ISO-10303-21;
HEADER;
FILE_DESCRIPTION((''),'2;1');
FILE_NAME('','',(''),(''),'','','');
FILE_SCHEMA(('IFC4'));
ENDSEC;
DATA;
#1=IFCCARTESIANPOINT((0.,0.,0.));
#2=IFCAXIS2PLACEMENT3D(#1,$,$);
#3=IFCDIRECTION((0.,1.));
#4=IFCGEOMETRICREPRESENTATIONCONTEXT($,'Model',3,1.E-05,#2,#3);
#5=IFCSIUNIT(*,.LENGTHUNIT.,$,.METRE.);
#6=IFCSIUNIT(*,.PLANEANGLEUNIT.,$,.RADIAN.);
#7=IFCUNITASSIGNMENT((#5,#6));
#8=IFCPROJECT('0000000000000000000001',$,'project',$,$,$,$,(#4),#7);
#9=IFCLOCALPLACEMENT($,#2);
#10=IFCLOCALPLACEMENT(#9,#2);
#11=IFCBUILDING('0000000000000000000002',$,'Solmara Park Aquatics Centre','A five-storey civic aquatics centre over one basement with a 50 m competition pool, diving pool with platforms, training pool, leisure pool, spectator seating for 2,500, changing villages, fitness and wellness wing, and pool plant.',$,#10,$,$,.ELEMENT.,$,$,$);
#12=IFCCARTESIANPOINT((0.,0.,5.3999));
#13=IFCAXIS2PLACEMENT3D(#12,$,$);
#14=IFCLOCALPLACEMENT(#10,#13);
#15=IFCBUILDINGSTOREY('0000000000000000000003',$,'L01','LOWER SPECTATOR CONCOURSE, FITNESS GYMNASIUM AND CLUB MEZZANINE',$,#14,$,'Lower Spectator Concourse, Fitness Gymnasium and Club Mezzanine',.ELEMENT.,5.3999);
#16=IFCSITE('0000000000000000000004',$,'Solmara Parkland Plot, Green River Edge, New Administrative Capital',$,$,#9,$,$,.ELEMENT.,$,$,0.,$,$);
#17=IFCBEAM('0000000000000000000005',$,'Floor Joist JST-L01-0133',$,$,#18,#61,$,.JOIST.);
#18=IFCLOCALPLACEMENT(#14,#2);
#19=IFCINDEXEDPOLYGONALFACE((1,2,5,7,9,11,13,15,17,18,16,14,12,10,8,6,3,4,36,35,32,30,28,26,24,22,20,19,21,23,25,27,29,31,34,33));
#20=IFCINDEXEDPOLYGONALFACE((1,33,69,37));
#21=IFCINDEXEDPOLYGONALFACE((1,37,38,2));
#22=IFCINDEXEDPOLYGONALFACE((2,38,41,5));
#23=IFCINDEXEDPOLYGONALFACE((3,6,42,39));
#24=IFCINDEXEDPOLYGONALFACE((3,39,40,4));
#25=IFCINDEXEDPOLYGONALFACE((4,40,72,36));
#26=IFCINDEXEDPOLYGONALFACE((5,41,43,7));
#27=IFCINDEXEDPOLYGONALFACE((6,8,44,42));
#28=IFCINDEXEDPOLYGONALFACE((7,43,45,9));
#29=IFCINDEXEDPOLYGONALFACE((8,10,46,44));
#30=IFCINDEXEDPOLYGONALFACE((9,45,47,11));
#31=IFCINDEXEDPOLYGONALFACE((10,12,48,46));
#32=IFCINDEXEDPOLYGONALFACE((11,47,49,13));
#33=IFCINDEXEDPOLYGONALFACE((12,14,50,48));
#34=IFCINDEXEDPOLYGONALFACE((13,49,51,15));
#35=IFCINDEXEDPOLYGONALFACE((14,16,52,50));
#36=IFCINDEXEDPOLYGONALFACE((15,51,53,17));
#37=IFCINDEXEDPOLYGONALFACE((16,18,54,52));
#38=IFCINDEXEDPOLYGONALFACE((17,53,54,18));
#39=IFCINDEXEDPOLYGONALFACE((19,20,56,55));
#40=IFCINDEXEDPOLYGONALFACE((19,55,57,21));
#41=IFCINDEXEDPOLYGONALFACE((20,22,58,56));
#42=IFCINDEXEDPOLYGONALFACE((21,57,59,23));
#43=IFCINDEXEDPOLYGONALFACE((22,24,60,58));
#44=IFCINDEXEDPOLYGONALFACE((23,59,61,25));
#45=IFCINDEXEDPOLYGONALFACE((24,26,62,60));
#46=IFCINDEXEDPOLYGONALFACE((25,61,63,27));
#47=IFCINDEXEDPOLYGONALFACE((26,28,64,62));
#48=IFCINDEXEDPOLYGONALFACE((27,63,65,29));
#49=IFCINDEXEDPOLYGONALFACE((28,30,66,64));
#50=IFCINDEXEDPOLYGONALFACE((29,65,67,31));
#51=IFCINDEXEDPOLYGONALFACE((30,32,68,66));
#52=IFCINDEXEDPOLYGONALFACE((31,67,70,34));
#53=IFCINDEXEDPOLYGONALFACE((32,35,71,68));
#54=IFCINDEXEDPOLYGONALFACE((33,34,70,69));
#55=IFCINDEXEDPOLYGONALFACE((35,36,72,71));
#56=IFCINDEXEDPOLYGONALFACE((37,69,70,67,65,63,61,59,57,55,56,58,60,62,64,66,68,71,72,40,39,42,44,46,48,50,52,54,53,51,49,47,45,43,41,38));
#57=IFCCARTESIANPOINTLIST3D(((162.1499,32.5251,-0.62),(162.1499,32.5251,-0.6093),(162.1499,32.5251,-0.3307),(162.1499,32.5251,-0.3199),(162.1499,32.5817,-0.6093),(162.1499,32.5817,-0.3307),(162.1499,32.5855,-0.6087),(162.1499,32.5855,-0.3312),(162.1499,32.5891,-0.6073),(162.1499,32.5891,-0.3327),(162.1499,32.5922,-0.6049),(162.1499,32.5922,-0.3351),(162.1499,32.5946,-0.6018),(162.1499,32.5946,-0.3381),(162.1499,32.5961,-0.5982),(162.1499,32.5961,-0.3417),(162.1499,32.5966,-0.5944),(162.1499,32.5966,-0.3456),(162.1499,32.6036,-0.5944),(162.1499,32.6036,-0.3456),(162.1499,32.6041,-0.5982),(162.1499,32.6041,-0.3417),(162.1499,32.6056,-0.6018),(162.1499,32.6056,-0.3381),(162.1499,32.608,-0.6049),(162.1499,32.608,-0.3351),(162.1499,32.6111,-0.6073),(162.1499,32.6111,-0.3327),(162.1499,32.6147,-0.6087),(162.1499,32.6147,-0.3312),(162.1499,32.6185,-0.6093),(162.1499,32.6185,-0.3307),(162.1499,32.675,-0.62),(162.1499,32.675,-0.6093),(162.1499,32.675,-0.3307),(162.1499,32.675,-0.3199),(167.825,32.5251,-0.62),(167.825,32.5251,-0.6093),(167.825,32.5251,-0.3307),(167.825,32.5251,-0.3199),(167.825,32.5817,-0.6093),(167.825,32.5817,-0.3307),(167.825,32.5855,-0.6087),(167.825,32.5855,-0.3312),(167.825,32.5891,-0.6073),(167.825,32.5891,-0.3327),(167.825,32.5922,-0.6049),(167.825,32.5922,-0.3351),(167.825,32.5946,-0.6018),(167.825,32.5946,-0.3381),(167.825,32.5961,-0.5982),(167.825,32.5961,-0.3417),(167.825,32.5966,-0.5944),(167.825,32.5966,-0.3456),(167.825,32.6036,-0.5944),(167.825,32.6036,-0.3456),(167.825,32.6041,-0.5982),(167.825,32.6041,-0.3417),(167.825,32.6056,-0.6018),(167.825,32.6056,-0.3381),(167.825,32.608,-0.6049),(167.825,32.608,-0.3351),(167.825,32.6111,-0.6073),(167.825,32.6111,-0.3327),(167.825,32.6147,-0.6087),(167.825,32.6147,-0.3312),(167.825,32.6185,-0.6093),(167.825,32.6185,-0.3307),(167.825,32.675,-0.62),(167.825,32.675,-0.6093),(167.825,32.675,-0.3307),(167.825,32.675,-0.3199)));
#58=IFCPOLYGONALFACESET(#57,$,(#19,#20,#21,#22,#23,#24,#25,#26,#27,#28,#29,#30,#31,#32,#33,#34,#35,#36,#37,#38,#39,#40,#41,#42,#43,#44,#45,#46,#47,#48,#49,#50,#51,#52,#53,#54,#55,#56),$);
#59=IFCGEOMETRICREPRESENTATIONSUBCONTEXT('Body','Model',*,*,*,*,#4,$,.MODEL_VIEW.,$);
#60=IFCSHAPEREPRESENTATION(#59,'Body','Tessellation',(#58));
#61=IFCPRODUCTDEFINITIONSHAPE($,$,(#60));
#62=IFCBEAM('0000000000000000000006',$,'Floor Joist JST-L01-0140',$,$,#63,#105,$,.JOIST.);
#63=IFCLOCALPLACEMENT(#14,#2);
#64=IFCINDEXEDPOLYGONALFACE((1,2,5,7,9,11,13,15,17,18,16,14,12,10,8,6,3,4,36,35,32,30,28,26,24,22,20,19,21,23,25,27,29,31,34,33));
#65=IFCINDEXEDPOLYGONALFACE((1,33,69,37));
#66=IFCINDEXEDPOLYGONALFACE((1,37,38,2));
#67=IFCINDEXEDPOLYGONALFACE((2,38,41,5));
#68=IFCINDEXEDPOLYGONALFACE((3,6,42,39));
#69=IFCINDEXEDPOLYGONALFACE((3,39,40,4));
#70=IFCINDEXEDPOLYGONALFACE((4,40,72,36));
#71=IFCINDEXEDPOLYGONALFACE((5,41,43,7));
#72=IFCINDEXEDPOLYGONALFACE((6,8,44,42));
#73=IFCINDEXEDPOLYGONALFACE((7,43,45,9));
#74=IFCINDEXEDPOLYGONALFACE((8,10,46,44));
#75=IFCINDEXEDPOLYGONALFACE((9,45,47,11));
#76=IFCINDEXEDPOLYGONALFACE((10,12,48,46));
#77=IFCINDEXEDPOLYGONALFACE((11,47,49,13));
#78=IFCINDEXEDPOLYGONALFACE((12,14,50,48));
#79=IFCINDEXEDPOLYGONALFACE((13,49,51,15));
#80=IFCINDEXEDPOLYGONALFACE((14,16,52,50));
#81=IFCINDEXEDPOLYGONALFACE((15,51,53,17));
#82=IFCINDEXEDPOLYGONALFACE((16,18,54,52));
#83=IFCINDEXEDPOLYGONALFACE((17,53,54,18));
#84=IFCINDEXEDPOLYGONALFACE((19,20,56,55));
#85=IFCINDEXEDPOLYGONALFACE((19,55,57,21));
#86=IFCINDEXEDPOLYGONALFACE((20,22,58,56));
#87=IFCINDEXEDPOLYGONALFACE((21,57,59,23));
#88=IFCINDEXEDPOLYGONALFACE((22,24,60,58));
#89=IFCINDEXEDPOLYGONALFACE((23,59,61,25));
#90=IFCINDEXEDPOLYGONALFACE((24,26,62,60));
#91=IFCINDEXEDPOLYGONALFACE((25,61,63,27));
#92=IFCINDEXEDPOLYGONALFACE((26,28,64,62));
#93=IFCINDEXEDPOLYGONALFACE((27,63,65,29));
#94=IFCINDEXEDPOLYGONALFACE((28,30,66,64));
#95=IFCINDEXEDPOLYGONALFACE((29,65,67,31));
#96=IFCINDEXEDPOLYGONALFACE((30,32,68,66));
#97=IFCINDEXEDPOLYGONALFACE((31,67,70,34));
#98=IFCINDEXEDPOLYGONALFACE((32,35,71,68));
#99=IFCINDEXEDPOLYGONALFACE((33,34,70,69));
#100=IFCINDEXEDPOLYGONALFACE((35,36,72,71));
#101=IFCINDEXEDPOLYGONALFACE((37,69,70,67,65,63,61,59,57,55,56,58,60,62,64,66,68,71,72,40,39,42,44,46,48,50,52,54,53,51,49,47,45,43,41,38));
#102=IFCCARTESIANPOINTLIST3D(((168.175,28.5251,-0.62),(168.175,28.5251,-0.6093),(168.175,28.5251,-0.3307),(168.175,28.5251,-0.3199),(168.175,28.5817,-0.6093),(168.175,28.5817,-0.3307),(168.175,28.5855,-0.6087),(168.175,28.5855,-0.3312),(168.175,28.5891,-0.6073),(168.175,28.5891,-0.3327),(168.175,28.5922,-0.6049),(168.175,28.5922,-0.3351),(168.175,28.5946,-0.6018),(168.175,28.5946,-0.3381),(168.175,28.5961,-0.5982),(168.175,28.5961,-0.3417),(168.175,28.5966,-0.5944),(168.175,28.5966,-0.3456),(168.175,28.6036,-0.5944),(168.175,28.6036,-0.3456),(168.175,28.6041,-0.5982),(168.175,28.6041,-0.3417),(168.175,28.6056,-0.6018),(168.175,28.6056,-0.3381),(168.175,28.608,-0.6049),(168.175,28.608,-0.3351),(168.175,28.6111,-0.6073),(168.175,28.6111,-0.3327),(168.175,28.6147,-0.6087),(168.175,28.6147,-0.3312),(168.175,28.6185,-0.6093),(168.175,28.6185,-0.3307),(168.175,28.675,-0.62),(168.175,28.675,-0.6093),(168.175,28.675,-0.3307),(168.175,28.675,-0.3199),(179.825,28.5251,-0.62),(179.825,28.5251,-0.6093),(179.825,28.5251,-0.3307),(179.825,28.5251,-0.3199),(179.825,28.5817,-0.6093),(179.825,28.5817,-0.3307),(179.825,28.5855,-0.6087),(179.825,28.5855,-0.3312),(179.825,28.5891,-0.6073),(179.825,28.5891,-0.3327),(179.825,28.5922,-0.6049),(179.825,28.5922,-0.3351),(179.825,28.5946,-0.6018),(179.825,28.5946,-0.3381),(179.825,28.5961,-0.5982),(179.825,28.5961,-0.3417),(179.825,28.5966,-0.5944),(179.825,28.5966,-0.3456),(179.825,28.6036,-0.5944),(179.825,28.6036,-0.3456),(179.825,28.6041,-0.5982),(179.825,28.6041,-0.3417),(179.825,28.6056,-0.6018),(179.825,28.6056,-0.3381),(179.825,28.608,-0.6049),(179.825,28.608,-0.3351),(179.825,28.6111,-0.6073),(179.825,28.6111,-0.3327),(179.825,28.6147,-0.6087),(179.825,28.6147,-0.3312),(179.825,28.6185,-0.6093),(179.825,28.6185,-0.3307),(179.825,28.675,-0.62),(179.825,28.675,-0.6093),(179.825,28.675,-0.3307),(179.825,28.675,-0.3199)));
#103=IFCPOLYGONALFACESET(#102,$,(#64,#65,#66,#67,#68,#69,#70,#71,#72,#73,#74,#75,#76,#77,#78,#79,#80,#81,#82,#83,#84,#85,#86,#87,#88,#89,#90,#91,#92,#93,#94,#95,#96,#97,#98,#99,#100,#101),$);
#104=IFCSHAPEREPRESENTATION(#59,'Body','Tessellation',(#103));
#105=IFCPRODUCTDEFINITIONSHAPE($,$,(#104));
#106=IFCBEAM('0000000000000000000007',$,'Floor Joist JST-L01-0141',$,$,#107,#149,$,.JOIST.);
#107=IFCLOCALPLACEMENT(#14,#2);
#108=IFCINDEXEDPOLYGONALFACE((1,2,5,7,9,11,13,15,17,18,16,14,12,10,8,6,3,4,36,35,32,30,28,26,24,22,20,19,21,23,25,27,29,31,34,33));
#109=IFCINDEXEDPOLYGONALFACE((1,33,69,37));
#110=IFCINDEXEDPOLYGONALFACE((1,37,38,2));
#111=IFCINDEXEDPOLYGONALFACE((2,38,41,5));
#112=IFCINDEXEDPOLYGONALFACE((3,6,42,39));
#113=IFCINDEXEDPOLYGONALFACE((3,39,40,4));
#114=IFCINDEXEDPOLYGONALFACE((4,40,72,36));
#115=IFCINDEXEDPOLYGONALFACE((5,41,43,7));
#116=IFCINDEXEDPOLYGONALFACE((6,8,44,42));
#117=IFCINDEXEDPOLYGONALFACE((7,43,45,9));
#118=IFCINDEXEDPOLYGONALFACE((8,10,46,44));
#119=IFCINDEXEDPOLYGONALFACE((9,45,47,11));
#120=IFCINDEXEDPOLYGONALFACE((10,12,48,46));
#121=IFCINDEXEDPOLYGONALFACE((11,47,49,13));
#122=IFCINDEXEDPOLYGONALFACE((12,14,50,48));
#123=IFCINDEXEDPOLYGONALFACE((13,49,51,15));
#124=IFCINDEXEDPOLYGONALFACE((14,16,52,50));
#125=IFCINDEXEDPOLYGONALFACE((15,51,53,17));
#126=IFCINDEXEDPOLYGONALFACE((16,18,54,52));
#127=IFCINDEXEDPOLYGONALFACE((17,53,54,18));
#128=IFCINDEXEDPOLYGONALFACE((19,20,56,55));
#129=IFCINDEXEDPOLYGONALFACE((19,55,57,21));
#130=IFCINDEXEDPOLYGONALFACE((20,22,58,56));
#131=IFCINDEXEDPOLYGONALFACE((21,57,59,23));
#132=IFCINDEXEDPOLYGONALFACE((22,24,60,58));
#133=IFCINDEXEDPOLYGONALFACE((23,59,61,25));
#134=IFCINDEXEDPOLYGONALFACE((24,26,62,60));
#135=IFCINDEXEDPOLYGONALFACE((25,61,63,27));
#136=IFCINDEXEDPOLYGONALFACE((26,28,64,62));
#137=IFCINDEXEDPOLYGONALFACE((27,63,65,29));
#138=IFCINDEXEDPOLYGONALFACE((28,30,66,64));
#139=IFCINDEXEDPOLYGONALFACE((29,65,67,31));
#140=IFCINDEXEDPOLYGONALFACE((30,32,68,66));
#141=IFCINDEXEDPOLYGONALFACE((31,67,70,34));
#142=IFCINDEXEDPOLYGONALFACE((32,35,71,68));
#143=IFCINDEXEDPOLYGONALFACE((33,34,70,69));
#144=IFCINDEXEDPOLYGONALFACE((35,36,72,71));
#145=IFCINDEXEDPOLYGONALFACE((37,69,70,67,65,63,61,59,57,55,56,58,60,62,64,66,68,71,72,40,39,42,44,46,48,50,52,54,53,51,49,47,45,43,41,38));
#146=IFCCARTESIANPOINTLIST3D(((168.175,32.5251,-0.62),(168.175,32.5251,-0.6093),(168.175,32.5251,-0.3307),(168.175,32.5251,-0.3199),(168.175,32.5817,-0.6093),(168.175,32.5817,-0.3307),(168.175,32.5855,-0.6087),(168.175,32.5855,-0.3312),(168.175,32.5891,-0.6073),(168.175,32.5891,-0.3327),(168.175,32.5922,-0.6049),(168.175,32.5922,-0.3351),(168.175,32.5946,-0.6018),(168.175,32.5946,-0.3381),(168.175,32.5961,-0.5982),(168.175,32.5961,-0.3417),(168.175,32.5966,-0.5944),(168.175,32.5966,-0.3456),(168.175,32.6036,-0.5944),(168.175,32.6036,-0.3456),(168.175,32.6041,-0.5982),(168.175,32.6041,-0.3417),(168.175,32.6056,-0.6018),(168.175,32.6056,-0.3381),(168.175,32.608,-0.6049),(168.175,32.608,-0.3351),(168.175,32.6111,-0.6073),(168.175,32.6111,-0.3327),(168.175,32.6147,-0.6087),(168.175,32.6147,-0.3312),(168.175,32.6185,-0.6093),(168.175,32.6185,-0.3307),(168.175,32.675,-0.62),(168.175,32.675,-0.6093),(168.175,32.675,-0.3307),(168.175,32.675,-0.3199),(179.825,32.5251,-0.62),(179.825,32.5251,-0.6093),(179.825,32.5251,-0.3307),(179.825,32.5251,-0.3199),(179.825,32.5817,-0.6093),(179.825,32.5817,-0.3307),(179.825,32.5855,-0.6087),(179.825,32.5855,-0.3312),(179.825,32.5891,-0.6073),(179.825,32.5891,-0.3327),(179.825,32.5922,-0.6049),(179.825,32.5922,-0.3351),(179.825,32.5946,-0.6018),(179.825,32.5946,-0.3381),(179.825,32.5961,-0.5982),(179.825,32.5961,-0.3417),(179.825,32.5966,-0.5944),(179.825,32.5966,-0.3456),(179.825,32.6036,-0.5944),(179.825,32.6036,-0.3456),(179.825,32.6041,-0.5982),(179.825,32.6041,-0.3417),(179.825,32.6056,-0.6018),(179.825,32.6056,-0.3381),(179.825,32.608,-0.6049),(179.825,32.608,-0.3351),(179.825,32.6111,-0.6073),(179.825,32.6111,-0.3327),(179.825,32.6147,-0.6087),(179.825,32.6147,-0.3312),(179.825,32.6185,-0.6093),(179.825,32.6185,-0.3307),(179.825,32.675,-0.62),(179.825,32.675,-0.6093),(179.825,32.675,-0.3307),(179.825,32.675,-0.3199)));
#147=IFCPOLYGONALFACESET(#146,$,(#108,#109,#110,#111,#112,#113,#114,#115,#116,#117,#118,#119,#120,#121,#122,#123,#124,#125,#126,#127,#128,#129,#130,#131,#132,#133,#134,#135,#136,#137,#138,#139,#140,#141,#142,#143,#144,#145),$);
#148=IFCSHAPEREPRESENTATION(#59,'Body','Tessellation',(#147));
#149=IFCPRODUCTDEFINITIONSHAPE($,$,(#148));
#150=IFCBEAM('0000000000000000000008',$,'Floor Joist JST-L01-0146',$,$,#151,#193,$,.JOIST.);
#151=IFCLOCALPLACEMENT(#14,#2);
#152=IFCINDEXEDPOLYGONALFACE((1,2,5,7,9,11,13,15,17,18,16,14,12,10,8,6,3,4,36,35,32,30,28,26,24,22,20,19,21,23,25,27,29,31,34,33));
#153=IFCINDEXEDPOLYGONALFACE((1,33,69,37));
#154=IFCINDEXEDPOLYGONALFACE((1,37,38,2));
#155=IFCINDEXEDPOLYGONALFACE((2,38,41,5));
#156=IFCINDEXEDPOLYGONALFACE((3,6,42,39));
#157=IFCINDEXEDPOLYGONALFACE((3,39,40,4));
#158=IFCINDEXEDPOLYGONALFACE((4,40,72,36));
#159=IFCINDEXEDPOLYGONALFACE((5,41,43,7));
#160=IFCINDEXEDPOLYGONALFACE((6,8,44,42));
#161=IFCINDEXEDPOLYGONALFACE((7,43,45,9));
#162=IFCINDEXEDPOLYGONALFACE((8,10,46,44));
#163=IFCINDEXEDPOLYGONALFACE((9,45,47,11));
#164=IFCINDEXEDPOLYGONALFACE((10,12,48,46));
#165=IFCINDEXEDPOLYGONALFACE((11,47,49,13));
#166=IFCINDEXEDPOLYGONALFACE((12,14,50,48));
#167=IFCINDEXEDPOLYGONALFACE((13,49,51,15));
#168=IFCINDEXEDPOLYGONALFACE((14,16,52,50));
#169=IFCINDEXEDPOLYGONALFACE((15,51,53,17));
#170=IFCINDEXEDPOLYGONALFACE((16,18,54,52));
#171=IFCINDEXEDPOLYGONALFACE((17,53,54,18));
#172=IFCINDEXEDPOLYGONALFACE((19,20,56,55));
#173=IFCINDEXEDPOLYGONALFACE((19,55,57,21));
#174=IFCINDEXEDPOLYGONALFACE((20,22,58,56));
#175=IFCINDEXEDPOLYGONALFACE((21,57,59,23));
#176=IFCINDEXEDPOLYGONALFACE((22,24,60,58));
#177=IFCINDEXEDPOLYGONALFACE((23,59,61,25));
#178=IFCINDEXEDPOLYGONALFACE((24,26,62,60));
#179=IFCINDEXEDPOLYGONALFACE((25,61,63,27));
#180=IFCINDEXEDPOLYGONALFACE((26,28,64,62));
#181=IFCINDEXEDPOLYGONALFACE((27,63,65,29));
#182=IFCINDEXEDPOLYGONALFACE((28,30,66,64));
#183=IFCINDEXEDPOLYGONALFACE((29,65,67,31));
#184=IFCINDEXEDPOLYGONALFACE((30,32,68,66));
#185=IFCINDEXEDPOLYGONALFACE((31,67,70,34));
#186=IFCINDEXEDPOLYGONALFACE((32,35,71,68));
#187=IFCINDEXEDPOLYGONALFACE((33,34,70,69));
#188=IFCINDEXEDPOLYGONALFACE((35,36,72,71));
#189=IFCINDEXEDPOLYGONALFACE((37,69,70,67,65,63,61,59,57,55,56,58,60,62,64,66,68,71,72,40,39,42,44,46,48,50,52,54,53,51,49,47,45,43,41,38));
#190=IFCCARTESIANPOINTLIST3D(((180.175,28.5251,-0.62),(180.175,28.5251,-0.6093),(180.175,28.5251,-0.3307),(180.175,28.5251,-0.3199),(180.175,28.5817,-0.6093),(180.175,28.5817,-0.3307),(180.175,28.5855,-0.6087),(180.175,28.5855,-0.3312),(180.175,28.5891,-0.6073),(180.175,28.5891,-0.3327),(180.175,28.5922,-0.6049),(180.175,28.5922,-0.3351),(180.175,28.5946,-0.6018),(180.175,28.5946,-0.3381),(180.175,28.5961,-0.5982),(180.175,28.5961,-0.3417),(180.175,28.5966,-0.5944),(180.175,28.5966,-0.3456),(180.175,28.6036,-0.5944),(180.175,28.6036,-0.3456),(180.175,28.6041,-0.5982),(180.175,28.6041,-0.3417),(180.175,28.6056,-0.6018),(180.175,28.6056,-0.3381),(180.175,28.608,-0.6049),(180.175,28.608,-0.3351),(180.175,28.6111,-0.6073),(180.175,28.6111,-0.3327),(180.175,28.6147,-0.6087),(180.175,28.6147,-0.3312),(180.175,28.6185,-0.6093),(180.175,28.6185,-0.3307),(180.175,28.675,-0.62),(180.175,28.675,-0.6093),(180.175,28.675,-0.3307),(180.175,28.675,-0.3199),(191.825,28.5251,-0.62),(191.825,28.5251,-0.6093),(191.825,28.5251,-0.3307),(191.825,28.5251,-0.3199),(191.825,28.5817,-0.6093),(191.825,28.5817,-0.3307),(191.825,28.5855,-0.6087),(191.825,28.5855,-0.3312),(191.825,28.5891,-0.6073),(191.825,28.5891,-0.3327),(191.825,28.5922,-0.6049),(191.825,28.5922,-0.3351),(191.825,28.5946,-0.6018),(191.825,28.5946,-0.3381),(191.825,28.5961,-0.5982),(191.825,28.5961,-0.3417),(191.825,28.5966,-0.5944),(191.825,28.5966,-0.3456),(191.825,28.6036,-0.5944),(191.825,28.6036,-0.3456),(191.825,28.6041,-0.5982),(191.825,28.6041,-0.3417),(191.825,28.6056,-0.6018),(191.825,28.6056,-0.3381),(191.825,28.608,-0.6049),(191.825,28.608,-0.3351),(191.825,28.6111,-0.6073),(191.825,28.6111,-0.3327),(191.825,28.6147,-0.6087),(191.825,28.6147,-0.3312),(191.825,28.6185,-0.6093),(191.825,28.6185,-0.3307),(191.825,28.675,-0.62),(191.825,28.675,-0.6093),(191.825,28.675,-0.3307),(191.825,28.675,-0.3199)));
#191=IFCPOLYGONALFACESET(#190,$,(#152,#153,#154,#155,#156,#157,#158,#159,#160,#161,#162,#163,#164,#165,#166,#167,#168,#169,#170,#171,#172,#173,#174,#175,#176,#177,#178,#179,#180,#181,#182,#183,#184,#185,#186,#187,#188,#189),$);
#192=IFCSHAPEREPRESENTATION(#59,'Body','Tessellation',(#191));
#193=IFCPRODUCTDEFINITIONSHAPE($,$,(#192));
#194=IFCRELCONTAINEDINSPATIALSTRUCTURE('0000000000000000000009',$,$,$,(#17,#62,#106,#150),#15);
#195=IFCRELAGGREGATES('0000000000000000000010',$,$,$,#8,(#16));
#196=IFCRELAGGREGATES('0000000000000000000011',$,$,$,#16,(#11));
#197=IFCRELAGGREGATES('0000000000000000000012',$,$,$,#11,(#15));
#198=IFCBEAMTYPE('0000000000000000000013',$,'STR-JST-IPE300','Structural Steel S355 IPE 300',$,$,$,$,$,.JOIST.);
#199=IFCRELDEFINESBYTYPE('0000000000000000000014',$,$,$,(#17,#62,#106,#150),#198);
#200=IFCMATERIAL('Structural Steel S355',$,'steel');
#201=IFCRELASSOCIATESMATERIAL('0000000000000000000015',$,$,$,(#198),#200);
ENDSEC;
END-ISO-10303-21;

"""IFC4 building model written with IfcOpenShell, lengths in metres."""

from ifc_helpers import new_model, si_unit, direction, frame, origin, origin_2d, place, context, subcontext, project, spatial, i_section, extrude, material, material_profile, profile_set, type_object, element, save


model = new_model("IFC4")

# Units and contexts
model_context = context("Model", 3, precision=1e-05, world=origin(), true_north=direction((0.0, 1.0)))
body_context = subcontext(model_context, "Body", "Model", "MODEL_VIEW")
ifc_project = project(units=[si_unit("LENGTHUNIT", "METRE"), si_unit("PLANEANGLEUNIT", "RADIAN")], contexts=[model_context])

# Site, building, storey
site_placement = place(None, origin())
site = spatial("IfcSite", under=ifc_project, at=site_placement, Name="Solmara Parkland Plot, Green River Edge, New Administrative Capital", CompositionType="ELEMENT", RefElevation=0.0)
building_placement = place(site_placement, origin())
building = spatial("IfcBuilding", under=site, at=building_placement, Name="Solmara Park Aquatics Centre", Description="A five-storey civic aquatics centre over one basement with a 50 m competition pool, diving pool with platforms, training pool, leisure pool, spectator seating for 2,500, changing villages, fitness and wellness wing, and pool plant.", CompositionType="ELEMENT")
storey_placement = place(building_placement, frame((0.0, 0.0, 5.3999)))
storey = spatial("IfcBuildingStorey", under=building, at=storey_placement, Name="L01", Description="LOWER SPECTATOR CONCOURSE, FITNESS GYMNASIUM AND CLUB MEZZANINE", LongName="Lower Spectator Concourse, Fitness Gymnasium and Club Mezzanine", CompositionType="ELEMENT", Elevation=5.3999)

# Shared definitions
ifc_material_1 = material(Name="Structural Steel S355", Category="steel")

# Beams
ifc_material_profile_1 = material_profile(ifc_material_1, i_section(OverallWidth=0.1499, OverallDepth=0.3, WebThickness=0.0071, FlangeThickness=0.0107, FilletRadius=0.0149, at=origin_2d()), Name="IPE 300")
ifc_profile_set_1 = profile_set([ifc_material_profile_1], Name="Structural Steel S355")
beam_type_1 = type_object("IfcBeamType", Name="STR-JST-IPE300", Description="Structural Steel S355 IPE 300", PredefinedType="JOIST", material=ifc_profile_set_1)
for number, where, z_axis, x_axis, name in (
    (1, (162.1499, 32.6001, -0.47), (1.0, 0.0, 0.0), (0.0, 1.0, 0.0), "Floor Joist JST-L01-0133"),
):
    element("IfcBeam", number, at=place(storey_placement, frame(where, z_axis=z_axis, x_axis=x_axis)), inside=storey, type_object=beam_type_1, Name=name, PredefinedType="JOIST", context=body_context, shape_type="SweptSolid", body=[
        extrude(i_section(OverallWidth=0.1499, OverallDepth=0.3, WebThickness=0.0071, FlangeThickness=0.0107, FilletRadius=0.0149, at=origin_2d()), origin(), (0.0, 0.0, 1.0), 5.675),
    ])
for number, where, z_axis, x_axis, name in (
    (2, (168.175, 28.6001, -0.47), (1.0, 0.0, 0.0), (0.0, 1.0, 0.0), "Floor Joist JST-L01-0140"),
    (3, (168.175, 32.6001, -0.47), (1.0, 0.0, 0.0), (0.0, 1.0, 0.0), "Floor Joist JST-L01-0141"),
    (4, (180.175, 28.6001, -0.47), (1.0, 0.0, 0.0), (0.0, 1.0, 0.0), "Floor Joist JST-L01-0146"),
):
    element("IfcBeam", number, at=place(storey_placement, frame(where, z_axis=z_axis, x_axis=x_axis)), inside=storey, type_object=beam_type_1, Name=name, PredefinedType="JOIST", context=body_context, shape_type="SweptSolid", body=[
        extrude(i_section(OverallWidth=0.1499, OverallDepth=0.3, WebThickness=0.0071, FlangeThickness=0.0107, FilletRadius=0.0149, at=origin_2d()), origin(), (0.0, 0.0, 1.0), 11.6499),
    ])

save(model, "model.ifc")
